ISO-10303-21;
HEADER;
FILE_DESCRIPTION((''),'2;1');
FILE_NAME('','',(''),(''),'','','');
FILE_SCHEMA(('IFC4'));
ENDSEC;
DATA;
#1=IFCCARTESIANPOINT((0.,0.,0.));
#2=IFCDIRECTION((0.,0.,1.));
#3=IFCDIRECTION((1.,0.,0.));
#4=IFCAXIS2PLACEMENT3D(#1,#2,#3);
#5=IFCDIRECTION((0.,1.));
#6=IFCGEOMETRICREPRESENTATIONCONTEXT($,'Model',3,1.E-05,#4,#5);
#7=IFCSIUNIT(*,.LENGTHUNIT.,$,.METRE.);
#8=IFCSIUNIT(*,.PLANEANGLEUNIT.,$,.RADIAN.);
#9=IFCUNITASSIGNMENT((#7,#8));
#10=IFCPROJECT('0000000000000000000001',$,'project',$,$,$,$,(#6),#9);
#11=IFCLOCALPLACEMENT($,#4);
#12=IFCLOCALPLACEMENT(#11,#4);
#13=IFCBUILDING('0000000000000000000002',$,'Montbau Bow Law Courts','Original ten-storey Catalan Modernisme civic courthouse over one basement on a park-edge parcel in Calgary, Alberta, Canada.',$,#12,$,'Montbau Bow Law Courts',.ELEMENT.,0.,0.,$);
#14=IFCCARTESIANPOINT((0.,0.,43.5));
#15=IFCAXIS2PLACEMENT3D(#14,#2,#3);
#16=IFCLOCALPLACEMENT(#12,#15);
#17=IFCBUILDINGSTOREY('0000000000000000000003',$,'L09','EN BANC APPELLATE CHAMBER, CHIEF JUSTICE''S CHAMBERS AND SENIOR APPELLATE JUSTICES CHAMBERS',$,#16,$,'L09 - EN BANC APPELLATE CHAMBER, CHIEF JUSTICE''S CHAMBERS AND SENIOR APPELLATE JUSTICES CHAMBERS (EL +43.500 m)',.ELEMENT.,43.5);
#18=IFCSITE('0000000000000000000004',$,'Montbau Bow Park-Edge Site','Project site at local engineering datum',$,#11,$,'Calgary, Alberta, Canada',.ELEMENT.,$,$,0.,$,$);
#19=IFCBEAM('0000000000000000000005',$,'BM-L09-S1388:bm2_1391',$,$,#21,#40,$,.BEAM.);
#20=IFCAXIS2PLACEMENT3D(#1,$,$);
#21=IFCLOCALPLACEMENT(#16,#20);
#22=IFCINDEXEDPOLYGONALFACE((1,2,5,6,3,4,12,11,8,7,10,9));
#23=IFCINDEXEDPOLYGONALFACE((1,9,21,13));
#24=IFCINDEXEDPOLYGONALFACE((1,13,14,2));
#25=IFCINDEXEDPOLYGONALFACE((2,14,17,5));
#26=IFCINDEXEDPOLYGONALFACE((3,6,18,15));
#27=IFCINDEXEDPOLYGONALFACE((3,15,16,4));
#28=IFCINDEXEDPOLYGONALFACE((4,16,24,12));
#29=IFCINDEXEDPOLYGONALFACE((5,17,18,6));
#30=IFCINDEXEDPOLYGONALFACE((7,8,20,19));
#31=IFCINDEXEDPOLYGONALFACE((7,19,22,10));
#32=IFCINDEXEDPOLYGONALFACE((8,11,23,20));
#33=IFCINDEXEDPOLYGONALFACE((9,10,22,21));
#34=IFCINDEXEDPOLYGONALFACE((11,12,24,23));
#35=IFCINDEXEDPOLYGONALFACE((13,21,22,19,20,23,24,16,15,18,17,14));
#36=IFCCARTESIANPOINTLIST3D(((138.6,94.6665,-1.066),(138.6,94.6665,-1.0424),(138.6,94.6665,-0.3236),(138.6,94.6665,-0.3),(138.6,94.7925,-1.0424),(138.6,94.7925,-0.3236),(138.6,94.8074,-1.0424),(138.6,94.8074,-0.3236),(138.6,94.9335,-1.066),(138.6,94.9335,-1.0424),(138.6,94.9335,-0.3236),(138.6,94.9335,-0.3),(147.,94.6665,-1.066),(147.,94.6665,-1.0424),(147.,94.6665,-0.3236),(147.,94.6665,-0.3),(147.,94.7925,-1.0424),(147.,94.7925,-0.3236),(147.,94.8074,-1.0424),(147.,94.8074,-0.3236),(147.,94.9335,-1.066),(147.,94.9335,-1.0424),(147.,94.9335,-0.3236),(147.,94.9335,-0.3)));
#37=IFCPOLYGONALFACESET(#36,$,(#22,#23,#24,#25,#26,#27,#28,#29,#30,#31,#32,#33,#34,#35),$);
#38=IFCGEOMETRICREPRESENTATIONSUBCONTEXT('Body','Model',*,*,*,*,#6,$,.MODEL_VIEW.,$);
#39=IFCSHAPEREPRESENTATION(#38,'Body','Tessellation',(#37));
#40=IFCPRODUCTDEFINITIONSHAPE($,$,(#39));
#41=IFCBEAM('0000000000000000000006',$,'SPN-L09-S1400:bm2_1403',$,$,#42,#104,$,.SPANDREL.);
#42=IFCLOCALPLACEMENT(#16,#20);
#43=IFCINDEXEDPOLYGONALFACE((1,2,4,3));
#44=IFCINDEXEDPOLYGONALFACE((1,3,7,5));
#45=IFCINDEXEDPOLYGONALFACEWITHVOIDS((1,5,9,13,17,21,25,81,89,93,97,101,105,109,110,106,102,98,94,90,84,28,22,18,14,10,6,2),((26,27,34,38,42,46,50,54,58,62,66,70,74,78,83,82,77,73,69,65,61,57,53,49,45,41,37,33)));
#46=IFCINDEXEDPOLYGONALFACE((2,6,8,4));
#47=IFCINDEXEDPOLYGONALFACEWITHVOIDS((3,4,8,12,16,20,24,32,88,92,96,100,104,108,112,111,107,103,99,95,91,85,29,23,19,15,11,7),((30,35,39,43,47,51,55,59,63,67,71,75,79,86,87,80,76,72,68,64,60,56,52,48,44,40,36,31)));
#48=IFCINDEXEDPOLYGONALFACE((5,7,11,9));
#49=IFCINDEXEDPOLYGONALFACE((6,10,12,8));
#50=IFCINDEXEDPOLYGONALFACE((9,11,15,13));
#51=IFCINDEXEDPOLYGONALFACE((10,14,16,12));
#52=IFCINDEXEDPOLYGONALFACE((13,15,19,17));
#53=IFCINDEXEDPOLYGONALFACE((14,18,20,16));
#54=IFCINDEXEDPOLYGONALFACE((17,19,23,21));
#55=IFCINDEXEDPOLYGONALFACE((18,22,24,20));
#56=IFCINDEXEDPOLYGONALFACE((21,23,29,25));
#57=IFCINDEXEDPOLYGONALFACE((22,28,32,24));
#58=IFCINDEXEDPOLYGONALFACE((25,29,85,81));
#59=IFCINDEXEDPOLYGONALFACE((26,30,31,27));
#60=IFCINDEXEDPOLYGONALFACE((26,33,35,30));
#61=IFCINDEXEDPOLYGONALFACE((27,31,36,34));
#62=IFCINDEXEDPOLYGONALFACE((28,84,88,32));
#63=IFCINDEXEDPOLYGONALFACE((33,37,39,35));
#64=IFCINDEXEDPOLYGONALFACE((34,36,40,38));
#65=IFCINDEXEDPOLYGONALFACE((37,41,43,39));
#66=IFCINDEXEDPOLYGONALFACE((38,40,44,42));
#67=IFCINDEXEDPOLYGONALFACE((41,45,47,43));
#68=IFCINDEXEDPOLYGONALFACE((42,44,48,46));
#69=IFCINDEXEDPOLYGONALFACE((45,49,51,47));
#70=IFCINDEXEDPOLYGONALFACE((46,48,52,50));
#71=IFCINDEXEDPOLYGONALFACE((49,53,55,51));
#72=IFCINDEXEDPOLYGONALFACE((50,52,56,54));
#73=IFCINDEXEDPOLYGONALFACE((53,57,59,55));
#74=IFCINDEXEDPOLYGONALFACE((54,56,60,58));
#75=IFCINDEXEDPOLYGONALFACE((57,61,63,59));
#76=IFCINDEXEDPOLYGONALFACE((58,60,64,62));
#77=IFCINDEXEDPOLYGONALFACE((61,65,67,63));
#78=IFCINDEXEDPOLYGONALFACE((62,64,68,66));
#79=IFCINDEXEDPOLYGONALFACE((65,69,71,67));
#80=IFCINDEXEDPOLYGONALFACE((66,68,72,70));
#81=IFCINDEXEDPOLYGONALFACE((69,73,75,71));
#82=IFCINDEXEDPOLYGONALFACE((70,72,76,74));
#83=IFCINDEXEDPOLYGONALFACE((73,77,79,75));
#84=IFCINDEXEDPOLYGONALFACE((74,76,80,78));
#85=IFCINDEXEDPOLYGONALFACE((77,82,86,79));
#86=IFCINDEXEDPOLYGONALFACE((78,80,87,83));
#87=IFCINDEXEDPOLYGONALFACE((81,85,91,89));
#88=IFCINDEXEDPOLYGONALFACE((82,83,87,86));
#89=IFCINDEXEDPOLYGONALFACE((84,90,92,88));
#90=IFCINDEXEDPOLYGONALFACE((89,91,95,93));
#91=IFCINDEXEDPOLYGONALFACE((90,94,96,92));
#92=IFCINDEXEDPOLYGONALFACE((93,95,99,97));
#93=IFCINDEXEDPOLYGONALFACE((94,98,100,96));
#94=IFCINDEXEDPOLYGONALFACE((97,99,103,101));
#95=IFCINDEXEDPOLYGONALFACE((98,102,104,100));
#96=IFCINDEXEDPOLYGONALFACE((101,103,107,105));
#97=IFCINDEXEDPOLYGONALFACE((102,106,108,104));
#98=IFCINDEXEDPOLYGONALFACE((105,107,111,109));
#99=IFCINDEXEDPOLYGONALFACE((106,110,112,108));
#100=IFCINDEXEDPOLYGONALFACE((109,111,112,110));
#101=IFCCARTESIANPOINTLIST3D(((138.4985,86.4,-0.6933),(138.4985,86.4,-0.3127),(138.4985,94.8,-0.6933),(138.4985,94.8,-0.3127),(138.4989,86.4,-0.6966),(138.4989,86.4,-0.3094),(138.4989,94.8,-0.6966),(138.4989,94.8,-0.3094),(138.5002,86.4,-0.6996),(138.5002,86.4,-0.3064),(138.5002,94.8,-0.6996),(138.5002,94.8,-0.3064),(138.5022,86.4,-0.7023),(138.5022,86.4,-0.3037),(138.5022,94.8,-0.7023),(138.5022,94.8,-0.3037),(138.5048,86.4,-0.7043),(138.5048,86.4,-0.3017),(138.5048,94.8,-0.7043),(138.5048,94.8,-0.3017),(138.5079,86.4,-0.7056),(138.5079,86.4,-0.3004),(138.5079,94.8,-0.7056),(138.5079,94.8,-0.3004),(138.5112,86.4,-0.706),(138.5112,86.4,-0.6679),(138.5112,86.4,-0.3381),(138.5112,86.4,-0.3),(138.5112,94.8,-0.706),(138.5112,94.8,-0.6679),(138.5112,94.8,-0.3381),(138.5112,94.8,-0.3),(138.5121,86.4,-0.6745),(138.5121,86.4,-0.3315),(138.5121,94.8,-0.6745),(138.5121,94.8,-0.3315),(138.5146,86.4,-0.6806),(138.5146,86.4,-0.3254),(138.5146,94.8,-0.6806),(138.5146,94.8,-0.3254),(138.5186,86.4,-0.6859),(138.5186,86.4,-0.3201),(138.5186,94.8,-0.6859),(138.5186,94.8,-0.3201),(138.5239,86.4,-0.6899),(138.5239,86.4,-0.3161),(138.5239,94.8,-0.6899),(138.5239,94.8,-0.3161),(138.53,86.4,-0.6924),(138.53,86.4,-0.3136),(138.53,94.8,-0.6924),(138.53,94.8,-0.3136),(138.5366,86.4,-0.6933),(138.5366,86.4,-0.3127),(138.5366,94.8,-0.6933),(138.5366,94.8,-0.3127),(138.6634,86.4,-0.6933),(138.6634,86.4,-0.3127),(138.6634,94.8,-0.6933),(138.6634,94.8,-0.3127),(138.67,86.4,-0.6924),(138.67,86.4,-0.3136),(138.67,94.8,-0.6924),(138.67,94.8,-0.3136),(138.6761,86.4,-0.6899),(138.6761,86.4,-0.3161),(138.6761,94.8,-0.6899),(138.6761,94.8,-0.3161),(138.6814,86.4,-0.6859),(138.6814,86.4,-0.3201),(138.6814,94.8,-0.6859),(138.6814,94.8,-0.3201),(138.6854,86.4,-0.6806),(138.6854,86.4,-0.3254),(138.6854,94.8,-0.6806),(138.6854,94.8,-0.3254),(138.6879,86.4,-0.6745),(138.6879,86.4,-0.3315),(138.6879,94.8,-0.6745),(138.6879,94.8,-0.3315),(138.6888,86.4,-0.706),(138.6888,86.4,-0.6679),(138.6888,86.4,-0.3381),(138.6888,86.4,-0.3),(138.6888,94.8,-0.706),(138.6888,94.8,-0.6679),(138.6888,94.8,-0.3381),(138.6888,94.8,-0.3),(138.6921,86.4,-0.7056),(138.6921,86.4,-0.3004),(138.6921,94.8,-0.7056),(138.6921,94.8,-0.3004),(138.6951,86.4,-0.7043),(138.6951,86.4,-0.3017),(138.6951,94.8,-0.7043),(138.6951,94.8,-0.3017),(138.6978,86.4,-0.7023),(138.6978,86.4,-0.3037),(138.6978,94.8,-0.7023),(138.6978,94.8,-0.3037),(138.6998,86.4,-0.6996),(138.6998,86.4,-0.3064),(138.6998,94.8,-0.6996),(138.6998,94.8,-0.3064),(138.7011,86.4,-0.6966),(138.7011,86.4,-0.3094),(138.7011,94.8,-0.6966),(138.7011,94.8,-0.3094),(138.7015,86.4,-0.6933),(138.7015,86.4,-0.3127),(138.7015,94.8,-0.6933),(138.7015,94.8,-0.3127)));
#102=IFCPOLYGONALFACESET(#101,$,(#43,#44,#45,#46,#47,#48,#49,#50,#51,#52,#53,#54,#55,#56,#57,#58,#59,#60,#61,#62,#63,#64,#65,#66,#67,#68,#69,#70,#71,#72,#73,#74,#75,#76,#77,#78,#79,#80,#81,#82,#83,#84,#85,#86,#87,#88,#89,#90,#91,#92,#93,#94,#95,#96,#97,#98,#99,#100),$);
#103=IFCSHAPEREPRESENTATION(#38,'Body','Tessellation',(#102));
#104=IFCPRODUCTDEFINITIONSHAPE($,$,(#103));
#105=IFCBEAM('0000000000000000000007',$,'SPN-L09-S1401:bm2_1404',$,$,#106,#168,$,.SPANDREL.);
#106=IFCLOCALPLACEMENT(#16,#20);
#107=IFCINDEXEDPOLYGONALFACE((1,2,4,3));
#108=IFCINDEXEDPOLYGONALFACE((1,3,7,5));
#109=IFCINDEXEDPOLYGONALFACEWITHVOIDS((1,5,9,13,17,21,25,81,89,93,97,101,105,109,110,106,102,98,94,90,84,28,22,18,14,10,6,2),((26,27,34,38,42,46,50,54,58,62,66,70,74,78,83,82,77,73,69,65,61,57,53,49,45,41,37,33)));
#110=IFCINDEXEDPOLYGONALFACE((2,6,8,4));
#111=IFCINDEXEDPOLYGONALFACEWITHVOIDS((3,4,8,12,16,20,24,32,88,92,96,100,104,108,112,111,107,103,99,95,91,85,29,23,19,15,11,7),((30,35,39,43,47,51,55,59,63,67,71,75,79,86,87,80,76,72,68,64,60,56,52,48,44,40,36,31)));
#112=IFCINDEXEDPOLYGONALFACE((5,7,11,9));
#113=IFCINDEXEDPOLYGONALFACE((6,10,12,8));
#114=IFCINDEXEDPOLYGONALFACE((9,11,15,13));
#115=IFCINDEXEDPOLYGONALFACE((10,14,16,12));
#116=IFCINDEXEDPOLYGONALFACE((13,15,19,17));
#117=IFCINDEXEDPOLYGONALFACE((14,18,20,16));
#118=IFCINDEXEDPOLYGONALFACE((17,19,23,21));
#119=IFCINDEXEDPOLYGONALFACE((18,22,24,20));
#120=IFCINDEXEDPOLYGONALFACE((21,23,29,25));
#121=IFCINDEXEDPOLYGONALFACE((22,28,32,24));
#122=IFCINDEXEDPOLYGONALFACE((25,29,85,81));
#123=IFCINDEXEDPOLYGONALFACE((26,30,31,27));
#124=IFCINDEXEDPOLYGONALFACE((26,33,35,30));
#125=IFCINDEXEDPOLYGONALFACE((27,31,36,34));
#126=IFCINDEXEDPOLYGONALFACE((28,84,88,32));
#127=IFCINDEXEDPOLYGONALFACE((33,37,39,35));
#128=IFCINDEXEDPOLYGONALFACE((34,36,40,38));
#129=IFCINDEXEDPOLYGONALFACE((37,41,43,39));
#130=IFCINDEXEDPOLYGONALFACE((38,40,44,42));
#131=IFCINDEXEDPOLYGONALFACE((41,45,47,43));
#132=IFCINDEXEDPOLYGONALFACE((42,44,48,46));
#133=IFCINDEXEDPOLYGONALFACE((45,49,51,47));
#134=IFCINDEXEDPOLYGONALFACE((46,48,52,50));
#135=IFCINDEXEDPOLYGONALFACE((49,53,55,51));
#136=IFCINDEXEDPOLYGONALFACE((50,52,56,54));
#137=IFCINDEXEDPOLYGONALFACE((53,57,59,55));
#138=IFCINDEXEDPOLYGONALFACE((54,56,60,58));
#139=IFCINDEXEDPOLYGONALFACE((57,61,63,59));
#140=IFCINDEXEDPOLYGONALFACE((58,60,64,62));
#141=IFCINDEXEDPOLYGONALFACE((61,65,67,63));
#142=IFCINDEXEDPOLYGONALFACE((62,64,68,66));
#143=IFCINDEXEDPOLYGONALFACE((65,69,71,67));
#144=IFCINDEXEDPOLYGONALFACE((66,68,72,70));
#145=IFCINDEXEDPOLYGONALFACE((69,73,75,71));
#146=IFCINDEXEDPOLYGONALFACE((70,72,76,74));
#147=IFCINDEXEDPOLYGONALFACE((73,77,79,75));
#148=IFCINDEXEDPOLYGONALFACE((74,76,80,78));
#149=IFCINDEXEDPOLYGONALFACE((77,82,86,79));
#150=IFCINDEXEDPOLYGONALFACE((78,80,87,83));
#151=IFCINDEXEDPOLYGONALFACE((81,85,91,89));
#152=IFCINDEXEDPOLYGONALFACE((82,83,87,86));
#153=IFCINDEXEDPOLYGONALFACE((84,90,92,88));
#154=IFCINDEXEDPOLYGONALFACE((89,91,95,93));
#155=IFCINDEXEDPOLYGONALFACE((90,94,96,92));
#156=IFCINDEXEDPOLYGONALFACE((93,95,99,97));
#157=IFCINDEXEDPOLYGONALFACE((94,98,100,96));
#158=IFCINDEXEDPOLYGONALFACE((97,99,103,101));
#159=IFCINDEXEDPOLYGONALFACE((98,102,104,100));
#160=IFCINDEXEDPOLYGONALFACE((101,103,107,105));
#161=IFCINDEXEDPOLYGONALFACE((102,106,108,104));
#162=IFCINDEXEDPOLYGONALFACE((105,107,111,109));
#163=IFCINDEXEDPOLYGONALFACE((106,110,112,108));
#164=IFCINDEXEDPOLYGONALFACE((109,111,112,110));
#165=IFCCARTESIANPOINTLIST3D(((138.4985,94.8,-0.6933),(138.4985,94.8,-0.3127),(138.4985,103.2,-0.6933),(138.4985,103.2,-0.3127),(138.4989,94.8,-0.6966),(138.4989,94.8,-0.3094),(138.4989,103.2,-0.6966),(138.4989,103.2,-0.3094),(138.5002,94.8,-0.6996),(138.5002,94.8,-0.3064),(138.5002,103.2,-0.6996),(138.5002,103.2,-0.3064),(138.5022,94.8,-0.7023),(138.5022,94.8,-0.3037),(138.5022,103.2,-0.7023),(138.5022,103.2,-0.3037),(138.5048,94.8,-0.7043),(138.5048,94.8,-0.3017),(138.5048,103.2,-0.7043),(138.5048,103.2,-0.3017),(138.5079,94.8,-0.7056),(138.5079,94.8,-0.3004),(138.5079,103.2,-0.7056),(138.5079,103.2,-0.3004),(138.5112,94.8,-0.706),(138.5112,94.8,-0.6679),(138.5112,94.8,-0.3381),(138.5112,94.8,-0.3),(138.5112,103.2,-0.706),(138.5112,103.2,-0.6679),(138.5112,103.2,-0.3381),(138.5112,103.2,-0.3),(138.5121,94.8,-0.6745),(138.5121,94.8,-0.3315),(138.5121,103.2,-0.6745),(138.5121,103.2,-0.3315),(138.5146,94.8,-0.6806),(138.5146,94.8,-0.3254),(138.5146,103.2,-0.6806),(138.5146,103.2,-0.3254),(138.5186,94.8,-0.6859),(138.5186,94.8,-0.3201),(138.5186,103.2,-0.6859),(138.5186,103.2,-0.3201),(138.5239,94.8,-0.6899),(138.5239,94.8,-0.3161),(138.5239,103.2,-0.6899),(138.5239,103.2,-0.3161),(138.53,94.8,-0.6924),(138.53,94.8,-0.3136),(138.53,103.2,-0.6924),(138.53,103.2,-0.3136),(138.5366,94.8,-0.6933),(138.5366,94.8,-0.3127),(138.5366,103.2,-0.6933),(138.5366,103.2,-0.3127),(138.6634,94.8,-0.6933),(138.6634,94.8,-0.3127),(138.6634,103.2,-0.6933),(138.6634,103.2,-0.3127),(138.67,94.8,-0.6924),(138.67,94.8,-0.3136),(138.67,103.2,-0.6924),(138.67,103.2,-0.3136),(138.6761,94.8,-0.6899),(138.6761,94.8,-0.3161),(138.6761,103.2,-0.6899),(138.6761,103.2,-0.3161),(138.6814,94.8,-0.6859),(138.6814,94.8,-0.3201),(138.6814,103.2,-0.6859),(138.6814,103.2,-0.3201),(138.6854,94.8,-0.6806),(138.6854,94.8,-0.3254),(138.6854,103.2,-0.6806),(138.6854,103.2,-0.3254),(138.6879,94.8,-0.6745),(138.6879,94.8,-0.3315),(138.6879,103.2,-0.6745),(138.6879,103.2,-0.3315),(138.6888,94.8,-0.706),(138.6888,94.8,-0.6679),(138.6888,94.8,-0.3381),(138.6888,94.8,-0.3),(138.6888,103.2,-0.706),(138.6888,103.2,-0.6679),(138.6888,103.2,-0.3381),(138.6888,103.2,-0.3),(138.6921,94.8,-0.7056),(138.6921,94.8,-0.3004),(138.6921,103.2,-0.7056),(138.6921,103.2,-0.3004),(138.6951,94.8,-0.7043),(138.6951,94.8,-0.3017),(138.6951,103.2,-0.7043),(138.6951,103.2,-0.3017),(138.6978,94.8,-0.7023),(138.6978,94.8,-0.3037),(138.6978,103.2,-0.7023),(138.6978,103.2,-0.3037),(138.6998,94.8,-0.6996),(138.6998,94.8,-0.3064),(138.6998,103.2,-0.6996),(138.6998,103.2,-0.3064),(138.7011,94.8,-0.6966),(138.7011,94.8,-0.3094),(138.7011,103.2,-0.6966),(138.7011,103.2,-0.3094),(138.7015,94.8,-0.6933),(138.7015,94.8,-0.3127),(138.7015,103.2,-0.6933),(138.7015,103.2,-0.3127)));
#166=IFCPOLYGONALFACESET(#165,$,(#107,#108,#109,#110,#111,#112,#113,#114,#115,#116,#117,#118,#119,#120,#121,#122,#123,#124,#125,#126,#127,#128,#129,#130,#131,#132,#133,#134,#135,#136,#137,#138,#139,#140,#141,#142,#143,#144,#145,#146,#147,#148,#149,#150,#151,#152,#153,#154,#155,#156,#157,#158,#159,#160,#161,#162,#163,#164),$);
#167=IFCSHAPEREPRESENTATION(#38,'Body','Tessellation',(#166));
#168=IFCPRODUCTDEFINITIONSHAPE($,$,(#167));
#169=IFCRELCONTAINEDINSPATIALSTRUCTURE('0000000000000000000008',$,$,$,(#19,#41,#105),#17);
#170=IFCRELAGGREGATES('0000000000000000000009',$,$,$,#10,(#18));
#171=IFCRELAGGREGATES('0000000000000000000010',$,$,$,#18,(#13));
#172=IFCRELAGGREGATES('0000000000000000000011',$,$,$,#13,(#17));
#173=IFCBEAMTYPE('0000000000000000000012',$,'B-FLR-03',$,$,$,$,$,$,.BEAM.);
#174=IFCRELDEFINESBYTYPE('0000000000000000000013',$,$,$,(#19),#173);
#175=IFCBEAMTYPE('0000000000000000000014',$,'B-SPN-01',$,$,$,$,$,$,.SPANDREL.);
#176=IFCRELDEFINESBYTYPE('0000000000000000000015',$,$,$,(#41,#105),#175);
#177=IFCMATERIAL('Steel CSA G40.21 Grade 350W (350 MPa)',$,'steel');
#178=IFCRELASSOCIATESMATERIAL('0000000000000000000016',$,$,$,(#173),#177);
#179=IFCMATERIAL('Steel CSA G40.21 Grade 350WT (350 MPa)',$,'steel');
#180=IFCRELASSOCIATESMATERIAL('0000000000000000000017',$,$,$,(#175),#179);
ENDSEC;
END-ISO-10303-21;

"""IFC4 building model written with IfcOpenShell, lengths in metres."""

from ifc_helpers import new_model, si_unit, direction, frame, origin_with_axes, origin_2d_with_axis, place, context, subcontext, project, spatial, hollow_rectangle, i_section, extrude, material, material_profile, profile_set, type_object, element, save


model = new_model("IFC4")

# Units and contexts
model_context = context("Model", 3, precision=1e-05, world=origin_with_axes(), true_north=direction((0.0, 1.0)))
body_context = subcontext(model_context, "Body", "Model", "MODEL_VIEW")
ifc_project = project(units=[si_unit("LENGTHUNIT", "METRE"), si_unit("PLANEANGLEUNIT", "RADIAN")], contexts=[model_context])

# Site, building, storey
site_placement = place(None, origin_with_axes())
site = spatial("IfcSite", under=ifc_project, at=site_placement, Name="Montbau Bow Park-Edge Site", Description="Project site at local engineering datum", LongName="Calgary, Alberta, Canada", CompositionType="ELEMENT", RefElevation=0.0)
building_placement = place(site_placement, origin_with_axes())
building = spatial("IfcBuilding", under=site, at=building_placement, Name="Montbau Bow Law Courts", Description="Original ten-storey Catalan Modernisme civic courthouse over one basement on a park-edge parcel in Calgary, Alberta, Canada.", LongName="Montbau Bow Law Courts", CompositionType="ELEMENT", ElevationOfRefHeight=0.0, ElevationOfTerrain=0.0)
storey_placement = place(building_placement, frame((0.0, 0.0, 43.5), z_axis=(0.0, 0.0, 1.0), x_axis=(1.0, 0.0, 0.0)))
storey = spatial("IfcBuildingStorey", under=building, at=storey_placement, Name="L09", Description="EN BANC APPELLATE CHAMBER, CHIEF JUSTICE'S CHAMBERS AND SENIOR APPELLATE JUSTICES CHAMBERS", LongName="L09 - EN BANC APPELLATE CHAMBER, CHIEF JUSTICE'S CHAMBERS AND SENIOR APPELLATE JUSTICES CHAMBERS (EL +43.500 m)", CompositionType="ELEMENT", Elevation=43.5)

# Beams
ifc_material_1 = material(Name="Steel CSA G40.21 Grade 350W (350 MPa)", Category="steel")
ifc_material_profile_1 = material_profile(ifc_material_1, i_section(OverallWidth=0.267, OverallDepth=0.766, WebThickness=0.0149, FlangeThickness=0.0236, at=origin_2d_with_axis()), Name="W760X185", Category="Main", Priority=0)
ifc_profile_set_1 = profile_set([ifc_material_profile_1], Name="Steel CSA G40.21 Grade 350W (350 MPa)")
beam_type_1 = type_object("IfcBeamType", Name="B-FLR-03", PredefinedType="BEAM", material=ifc_profile_set_1)
beam_1_placement = place(None, frame((138.6, 94.8, 42.817), z_axis=(1.0, 0.0, 0.0), x_axis=(0.0, 1.0, 0.0)))
element("IfcBeam", 1, at=beam_1_placement, inside=storey, type_object=beam_type_1, Name="BM-L09-S1388:bm2_1391", PredefinedType="BEAM", context=body_context, shape_type="SweptSolid", body=[
    extrude(i_section(OverallWidth=0.267, OverallDepth=0.766, WebThickness=0.0149, FlangeThickness=0.0236, at=origin_2d_with_axis()), origin_with_axes(), (0.0, 0.0, 1.0), 8.4),
])
ifc_material_2 = material(Name="Steel CSA G40.21 Grade 350WT (350 MPa)", Category="steel")
ifc_material_profile_2 = material_profile(ifc_material_2, hollow_rectangle(XDim=0.203, YDim=0.406, WallThickness=0.0127, InnerFilletRadius=0.0254, OuterFilletRadius=0.0127, at=origin_2d_with_axis()), Name="HSS406X203X13", Category="Main", Priority=0)
ifc_profile_set_2 = profile_set([ifc_material_profile_2], Name="Steel CSA G40.21 Grade 350WT (350 MPa)")
beam_type_2 = type_object("IfcBeamType", Name="B-SPN-01", PredefinedType="SPANDREL", material=ifc_profile_set_2)
for number, where, z_axis, x_axis, name in (
    (2, (138.6, 86.4, 42.997), (0.0, 1.0, 0.0), (-1.0, 0.0, 0.0), "SPN-L09-S1400:bm2_1403"),
    (3, (138.6, 94.8, 42.997), (0.0, 1.0, 0.0), (-1.0, 0.0, 0.0), "SPN-L09-S1401:bm2_1404"),
):
    element("IfcBeam", number, at=place(None, frame(where, z_axis=z_axis, x_axis=x_axis)), inside=storey, type_object=beam_type_2, Name=name, PredefinedType="SPANDREL", context=body_context, shape_type="SweptSolid", body=[
        extrude(hollow_rectangle(XDim=0.203, YDim=0.406, WallThickness=0.0127, InnerFilletRadius=0.0254, OuterFilletRadius=0.0127, at=origin_2d_with_axis()), origin_with_axes(), (0.0, 0.0, 1.0), 8.4),
    ])

save(model, "model.ifc")
